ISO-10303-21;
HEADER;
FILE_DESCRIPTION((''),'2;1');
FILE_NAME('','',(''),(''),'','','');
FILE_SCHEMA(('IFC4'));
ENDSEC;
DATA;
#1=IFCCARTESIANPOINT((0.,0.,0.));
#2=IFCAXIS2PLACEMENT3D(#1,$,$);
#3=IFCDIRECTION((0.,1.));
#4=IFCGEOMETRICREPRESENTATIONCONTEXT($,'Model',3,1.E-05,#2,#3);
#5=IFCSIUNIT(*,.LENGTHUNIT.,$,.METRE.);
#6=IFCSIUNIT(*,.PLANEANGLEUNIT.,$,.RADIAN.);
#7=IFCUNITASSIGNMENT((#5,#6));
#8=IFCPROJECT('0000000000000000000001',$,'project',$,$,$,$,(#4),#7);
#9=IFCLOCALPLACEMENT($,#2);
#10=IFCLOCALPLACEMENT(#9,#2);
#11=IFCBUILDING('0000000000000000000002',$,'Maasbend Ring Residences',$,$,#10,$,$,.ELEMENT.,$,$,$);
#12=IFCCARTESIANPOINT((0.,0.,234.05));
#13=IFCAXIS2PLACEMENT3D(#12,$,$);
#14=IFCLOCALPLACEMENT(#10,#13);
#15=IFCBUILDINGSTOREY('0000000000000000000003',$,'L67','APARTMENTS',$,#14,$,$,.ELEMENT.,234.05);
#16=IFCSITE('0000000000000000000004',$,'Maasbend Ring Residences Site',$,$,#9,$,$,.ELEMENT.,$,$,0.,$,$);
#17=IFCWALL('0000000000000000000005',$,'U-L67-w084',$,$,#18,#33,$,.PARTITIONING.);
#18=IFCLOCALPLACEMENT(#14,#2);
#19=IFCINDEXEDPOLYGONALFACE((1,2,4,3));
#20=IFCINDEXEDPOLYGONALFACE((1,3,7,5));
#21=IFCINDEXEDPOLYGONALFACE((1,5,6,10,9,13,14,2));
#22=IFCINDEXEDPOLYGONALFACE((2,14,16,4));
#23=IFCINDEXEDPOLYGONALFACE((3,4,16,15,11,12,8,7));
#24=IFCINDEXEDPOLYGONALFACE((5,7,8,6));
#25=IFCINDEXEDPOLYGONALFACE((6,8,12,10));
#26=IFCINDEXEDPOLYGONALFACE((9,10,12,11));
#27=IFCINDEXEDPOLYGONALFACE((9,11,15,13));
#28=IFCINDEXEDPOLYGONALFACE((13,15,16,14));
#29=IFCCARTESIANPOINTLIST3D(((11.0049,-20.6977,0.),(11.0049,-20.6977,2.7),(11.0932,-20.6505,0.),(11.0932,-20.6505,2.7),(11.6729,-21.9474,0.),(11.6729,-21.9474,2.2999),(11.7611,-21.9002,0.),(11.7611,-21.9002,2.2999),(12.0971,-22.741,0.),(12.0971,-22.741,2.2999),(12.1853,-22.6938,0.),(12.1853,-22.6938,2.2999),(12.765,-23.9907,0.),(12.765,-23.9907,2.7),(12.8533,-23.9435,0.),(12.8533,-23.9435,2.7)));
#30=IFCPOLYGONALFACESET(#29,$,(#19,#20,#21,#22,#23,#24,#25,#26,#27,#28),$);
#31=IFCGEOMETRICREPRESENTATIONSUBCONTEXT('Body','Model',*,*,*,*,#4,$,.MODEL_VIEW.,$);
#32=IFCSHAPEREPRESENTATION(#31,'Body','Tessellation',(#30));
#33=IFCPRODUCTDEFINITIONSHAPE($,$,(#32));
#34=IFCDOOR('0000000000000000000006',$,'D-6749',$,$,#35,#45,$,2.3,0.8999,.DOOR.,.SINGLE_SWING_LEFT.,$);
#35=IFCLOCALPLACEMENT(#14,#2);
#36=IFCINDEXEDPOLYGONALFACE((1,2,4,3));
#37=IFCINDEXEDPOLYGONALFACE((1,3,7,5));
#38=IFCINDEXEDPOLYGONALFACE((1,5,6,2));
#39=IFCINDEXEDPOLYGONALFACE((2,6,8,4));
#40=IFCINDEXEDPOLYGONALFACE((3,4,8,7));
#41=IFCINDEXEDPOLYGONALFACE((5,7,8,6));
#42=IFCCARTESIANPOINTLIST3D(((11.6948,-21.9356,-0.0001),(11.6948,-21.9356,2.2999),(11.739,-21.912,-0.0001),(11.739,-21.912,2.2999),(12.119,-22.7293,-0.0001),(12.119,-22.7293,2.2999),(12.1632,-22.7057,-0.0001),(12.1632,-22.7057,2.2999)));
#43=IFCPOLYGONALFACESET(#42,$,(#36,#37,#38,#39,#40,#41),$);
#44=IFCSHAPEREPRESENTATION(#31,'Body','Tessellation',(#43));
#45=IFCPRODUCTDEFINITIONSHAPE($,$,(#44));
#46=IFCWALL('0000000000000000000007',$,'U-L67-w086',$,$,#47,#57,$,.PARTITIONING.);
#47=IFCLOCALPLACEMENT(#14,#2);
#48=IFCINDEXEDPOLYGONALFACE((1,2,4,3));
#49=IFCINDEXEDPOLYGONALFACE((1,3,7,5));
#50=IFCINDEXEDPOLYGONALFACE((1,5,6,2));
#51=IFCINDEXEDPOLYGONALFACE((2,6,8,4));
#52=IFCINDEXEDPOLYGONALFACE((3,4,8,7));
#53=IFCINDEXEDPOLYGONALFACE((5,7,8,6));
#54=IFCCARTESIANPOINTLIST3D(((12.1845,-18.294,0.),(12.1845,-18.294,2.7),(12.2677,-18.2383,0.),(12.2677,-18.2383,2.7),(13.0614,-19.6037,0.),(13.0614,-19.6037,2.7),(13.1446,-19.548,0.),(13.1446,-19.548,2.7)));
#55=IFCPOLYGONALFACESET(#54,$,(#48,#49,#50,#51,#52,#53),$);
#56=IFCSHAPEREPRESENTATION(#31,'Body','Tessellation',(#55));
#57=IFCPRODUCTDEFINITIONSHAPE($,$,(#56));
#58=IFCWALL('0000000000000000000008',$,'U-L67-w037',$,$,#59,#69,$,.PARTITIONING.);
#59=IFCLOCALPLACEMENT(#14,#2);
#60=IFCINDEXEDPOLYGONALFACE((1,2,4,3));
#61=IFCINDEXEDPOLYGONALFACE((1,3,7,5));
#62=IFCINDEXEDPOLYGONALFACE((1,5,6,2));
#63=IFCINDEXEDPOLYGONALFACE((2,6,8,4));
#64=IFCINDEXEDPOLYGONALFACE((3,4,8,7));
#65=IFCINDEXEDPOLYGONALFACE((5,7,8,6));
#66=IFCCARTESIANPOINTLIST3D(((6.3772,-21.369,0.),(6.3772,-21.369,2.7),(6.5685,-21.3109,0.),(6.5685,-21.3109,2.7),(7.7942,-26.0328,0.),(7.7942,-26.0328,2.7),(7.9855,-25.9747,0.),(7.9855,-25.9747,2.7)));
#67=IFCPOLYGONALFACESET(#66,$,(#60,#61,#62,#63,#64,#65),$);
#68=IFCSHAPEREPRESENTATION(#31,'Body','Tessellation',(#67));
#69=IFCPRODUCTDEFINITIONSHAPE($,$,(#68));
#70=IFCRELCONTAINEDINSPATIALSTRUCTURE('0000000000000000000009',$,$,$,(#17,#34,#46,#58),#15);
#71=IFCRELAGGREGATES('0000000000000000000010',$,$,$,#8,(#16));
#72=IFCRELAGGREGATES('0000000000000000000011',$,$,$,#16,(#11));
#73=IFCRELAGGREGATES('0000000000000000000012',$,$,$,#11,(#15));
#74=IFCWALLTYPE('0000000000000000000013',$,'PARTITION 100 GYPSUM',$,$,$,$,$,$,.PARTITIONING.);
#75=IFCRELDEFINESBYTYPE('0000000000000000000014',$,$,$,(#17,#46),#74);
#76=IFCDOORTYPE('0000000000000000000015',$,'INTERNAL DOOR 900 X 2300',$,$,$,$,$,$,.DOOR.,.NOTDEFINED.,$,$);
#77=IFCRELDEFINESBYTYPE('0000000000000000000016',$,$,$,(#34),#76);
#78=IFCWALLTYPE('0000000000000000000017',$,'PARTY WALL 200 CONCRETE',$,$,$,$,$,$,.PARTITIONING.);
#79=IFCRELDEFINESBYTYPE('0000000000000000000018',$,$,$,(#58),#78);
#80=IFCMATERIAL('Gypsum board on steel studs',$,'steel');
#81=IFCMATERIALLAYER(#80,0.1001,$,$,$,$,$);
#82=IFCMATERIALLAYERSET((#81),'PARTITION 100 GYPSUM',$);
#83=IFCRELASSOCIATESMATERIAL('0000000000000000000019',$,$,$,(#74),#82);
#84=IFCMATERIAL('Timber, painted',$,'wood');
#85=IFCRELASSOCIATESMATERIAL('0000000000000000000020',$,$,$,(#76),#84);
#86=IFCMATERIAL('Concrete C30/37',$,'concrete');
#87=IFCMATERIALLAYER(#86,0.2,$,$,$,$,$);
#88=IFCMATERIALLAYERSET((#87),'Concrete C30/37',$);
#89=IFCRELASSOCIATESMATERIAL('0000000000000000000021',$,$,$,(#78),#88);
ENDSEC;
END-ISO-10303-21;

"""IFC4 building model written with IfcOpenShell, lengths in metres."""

from ifc_helpers import new_model, si_unit, direction, frame, frame_2d, origin, place, context, subcontext, project, spatial, rectangle, extrude, material, layer, layer_set, type_object, element, fill, save


model = new_model("IFC4")

# Units and contexts
model_context = context("Model", 3, precision=1e-05, world=origin(), true_north=direction((0.0, 1.0)))
body_context = subcontext(model_context, "Body", "Model", "MODEL_VIEW")
ifc_project = project(units=[si_unit("LENGTHUNIT", "METRE"), si_unit("PLANEANGLEUNIT", "RADIAN")], contexts=[model_context])

# Site, building, storey
site_placement = place(None, origin())
site = spatial("IfcSite", under=ifc_project, at=site_placement, Name="Maasbend Ring Residences Site", CompositionType="ELEMENT", RefElevation=0.0)
building_placement = place(site_placement, origin())
building = spatial("IfcBuilding", under=site, at=building_placement, Name="Maasbend Ring Residences", CompositionType="ELEMENT")
storey_placement = place(building_placement, frame((0.0, 0.0, 234.05)))
storey = spatial("IfcBuildingStorey", under=building, at=storey_placement, Name="L67", Description="APARTMENTS", CompositionType="ELEMENT", Elevation=234.05)

# Shared definitions
ifc_material_1 = material(Name="Gypsum board on steel studs", Category="steel")
ifc_layer_1 = layer(ifc_material_1, 0.1001)
ifc_layer_set_1 = layer_set([ifc_layer_1], Name="PARTITION 100 GYPSUM")
wall_type_1 = type_object("IfcWallType", Name="PARTITION 100 GYPSUM", PredefinedType="PARTITIONING", material=ifc_layer_set_1)
ifc_material_2 = material(Name="Timber, painted", Category="wood")
door_type_1 = type_object("IfcDoorType", Name="INTERNAL DOOR 900 X 2300", OperationType="NOTDEFINED", PredefinedType="DOOR", material=ifc_material_2)

# Wall, opening, door
wall_1_placement = place(storey_placement, frame((11.0491, -20.6741, 0.0), z_axis=(0.0, 0.0, 1.0), x_axis=(0.471372, -0.881934, 0.0)))
wall_1 = element("IfcWall", 1, at=wall_1_placement, inside=storey, type_object=wall_type_1, Name="U-L67-w084", PredefinedType="PARTITIONING", context=body_context, shape_type="SweptSolid", body=[
    extrude(rectangle(XDim=3.7339, YDim=0.1001, at=frame_2d((1.8669, 0.0))), origin(), (0.0, 0.0, 1.0), 2.7),
])
opening_1_placement = place(wall_1_placement, frame((1.417, 0.0, 0.0)))
opening_1 = element("IfcOpeningElement", 2, at=opening_1_placement, cuts=wall_1, PredefinedType="OPENING", context=body_context, shape_type="SweptSolid", body=[
    extrude(rectangle(XDim=0.8999, YDim=2.3, at=frame_2d((0.45, 1.1499))), frame((0.0, 0.0601, 0.0), z_axis=(0.0, -1.0, 0.0), x_axis=(1.0, 0.0, 0.0)), (0.0, 0.0, 1.0), 0.1201),
])
door_1_placement = place(opening_1_placement, origin())
door_1 = element("IfcDoor", 3, at=door_1_placement, inside=storey, type_object=door_type_1, Name="D-6749", OperationType="SINGLE_SWING_LEFT", OverallHeight=2.3, OverallWidth=0.8999, PredefinedType="DOOR", context=body_context, shape_type="SweptSolid", body=[
    extrude(rectangle(XDim=0.8999, YDim=2.3, at=frame_2d((0.45, 1.1499))), frame((0.0, 0.0249, 0.0), z_axis=(0.0, -1.0, 0.0), x_axis=(1.0, 0.0, 0.0)), (0.0, 0.0, 1.0), 0.05),
])
fill(opening_1, door_1)

# Walls
wall_2_placement = place(storey_placement, frame((12.2261, -18.2661, 0.0), z_axis=(0.0, 0.0, 1.0), x_axis=(0.556343, -0.830953, 0.0)))
element("IfcWall", 4, at=wall_2_placement, inside=storey, type_object=wall_type_1, Name="U-L67-w086", PredefinedType="PARTITIONING", context=body_context, shape_type="SweptSolid", body=[
    extrude(rectangle(XDim=1.5762, YDim=0.1001, at=frame_2d((0.7881, 0.0))), origin(), (0.0, 0.0, 1.0), 2.7),
])
ifc_material_3 = material(Name="Concrete C30/37", Category="concrete")
ifc_layer_2 = layer(ifc_material_3, 0.2)
ifc_layer_set_2 = layer_set([ifc_layer_2], Name="Concrete C30/37")
wall_type_2 = type_object("IfcWallType", Name="PARTY WALL 200 CONCRETE", PredefinedType="PARTITIONING", material=ifc_layer_set_2)
wall_3_placement = place(storey_placement, frame((6.4729, -21.3401, 0.0), z_axis=(0.0, 0.0, 1.0), x_axis=(0.290705, -0.956813, 0.0)))
element("IfcWall", 5, at=wall_3_placement, inside=storey, type_object=wall_type_2, Name="U-L67-w037", PredefinedType="PARTITIONING", context=body_context, shape_type="SweptSolid", body=[
    extrude(rectangle(XDim=4.8743, YDim=0.2, at=frame_2d((2.437, 0.0))), origin(), (0.0, 0.0, 1.0), 2.7),
])

save(model, "model.ifc")
